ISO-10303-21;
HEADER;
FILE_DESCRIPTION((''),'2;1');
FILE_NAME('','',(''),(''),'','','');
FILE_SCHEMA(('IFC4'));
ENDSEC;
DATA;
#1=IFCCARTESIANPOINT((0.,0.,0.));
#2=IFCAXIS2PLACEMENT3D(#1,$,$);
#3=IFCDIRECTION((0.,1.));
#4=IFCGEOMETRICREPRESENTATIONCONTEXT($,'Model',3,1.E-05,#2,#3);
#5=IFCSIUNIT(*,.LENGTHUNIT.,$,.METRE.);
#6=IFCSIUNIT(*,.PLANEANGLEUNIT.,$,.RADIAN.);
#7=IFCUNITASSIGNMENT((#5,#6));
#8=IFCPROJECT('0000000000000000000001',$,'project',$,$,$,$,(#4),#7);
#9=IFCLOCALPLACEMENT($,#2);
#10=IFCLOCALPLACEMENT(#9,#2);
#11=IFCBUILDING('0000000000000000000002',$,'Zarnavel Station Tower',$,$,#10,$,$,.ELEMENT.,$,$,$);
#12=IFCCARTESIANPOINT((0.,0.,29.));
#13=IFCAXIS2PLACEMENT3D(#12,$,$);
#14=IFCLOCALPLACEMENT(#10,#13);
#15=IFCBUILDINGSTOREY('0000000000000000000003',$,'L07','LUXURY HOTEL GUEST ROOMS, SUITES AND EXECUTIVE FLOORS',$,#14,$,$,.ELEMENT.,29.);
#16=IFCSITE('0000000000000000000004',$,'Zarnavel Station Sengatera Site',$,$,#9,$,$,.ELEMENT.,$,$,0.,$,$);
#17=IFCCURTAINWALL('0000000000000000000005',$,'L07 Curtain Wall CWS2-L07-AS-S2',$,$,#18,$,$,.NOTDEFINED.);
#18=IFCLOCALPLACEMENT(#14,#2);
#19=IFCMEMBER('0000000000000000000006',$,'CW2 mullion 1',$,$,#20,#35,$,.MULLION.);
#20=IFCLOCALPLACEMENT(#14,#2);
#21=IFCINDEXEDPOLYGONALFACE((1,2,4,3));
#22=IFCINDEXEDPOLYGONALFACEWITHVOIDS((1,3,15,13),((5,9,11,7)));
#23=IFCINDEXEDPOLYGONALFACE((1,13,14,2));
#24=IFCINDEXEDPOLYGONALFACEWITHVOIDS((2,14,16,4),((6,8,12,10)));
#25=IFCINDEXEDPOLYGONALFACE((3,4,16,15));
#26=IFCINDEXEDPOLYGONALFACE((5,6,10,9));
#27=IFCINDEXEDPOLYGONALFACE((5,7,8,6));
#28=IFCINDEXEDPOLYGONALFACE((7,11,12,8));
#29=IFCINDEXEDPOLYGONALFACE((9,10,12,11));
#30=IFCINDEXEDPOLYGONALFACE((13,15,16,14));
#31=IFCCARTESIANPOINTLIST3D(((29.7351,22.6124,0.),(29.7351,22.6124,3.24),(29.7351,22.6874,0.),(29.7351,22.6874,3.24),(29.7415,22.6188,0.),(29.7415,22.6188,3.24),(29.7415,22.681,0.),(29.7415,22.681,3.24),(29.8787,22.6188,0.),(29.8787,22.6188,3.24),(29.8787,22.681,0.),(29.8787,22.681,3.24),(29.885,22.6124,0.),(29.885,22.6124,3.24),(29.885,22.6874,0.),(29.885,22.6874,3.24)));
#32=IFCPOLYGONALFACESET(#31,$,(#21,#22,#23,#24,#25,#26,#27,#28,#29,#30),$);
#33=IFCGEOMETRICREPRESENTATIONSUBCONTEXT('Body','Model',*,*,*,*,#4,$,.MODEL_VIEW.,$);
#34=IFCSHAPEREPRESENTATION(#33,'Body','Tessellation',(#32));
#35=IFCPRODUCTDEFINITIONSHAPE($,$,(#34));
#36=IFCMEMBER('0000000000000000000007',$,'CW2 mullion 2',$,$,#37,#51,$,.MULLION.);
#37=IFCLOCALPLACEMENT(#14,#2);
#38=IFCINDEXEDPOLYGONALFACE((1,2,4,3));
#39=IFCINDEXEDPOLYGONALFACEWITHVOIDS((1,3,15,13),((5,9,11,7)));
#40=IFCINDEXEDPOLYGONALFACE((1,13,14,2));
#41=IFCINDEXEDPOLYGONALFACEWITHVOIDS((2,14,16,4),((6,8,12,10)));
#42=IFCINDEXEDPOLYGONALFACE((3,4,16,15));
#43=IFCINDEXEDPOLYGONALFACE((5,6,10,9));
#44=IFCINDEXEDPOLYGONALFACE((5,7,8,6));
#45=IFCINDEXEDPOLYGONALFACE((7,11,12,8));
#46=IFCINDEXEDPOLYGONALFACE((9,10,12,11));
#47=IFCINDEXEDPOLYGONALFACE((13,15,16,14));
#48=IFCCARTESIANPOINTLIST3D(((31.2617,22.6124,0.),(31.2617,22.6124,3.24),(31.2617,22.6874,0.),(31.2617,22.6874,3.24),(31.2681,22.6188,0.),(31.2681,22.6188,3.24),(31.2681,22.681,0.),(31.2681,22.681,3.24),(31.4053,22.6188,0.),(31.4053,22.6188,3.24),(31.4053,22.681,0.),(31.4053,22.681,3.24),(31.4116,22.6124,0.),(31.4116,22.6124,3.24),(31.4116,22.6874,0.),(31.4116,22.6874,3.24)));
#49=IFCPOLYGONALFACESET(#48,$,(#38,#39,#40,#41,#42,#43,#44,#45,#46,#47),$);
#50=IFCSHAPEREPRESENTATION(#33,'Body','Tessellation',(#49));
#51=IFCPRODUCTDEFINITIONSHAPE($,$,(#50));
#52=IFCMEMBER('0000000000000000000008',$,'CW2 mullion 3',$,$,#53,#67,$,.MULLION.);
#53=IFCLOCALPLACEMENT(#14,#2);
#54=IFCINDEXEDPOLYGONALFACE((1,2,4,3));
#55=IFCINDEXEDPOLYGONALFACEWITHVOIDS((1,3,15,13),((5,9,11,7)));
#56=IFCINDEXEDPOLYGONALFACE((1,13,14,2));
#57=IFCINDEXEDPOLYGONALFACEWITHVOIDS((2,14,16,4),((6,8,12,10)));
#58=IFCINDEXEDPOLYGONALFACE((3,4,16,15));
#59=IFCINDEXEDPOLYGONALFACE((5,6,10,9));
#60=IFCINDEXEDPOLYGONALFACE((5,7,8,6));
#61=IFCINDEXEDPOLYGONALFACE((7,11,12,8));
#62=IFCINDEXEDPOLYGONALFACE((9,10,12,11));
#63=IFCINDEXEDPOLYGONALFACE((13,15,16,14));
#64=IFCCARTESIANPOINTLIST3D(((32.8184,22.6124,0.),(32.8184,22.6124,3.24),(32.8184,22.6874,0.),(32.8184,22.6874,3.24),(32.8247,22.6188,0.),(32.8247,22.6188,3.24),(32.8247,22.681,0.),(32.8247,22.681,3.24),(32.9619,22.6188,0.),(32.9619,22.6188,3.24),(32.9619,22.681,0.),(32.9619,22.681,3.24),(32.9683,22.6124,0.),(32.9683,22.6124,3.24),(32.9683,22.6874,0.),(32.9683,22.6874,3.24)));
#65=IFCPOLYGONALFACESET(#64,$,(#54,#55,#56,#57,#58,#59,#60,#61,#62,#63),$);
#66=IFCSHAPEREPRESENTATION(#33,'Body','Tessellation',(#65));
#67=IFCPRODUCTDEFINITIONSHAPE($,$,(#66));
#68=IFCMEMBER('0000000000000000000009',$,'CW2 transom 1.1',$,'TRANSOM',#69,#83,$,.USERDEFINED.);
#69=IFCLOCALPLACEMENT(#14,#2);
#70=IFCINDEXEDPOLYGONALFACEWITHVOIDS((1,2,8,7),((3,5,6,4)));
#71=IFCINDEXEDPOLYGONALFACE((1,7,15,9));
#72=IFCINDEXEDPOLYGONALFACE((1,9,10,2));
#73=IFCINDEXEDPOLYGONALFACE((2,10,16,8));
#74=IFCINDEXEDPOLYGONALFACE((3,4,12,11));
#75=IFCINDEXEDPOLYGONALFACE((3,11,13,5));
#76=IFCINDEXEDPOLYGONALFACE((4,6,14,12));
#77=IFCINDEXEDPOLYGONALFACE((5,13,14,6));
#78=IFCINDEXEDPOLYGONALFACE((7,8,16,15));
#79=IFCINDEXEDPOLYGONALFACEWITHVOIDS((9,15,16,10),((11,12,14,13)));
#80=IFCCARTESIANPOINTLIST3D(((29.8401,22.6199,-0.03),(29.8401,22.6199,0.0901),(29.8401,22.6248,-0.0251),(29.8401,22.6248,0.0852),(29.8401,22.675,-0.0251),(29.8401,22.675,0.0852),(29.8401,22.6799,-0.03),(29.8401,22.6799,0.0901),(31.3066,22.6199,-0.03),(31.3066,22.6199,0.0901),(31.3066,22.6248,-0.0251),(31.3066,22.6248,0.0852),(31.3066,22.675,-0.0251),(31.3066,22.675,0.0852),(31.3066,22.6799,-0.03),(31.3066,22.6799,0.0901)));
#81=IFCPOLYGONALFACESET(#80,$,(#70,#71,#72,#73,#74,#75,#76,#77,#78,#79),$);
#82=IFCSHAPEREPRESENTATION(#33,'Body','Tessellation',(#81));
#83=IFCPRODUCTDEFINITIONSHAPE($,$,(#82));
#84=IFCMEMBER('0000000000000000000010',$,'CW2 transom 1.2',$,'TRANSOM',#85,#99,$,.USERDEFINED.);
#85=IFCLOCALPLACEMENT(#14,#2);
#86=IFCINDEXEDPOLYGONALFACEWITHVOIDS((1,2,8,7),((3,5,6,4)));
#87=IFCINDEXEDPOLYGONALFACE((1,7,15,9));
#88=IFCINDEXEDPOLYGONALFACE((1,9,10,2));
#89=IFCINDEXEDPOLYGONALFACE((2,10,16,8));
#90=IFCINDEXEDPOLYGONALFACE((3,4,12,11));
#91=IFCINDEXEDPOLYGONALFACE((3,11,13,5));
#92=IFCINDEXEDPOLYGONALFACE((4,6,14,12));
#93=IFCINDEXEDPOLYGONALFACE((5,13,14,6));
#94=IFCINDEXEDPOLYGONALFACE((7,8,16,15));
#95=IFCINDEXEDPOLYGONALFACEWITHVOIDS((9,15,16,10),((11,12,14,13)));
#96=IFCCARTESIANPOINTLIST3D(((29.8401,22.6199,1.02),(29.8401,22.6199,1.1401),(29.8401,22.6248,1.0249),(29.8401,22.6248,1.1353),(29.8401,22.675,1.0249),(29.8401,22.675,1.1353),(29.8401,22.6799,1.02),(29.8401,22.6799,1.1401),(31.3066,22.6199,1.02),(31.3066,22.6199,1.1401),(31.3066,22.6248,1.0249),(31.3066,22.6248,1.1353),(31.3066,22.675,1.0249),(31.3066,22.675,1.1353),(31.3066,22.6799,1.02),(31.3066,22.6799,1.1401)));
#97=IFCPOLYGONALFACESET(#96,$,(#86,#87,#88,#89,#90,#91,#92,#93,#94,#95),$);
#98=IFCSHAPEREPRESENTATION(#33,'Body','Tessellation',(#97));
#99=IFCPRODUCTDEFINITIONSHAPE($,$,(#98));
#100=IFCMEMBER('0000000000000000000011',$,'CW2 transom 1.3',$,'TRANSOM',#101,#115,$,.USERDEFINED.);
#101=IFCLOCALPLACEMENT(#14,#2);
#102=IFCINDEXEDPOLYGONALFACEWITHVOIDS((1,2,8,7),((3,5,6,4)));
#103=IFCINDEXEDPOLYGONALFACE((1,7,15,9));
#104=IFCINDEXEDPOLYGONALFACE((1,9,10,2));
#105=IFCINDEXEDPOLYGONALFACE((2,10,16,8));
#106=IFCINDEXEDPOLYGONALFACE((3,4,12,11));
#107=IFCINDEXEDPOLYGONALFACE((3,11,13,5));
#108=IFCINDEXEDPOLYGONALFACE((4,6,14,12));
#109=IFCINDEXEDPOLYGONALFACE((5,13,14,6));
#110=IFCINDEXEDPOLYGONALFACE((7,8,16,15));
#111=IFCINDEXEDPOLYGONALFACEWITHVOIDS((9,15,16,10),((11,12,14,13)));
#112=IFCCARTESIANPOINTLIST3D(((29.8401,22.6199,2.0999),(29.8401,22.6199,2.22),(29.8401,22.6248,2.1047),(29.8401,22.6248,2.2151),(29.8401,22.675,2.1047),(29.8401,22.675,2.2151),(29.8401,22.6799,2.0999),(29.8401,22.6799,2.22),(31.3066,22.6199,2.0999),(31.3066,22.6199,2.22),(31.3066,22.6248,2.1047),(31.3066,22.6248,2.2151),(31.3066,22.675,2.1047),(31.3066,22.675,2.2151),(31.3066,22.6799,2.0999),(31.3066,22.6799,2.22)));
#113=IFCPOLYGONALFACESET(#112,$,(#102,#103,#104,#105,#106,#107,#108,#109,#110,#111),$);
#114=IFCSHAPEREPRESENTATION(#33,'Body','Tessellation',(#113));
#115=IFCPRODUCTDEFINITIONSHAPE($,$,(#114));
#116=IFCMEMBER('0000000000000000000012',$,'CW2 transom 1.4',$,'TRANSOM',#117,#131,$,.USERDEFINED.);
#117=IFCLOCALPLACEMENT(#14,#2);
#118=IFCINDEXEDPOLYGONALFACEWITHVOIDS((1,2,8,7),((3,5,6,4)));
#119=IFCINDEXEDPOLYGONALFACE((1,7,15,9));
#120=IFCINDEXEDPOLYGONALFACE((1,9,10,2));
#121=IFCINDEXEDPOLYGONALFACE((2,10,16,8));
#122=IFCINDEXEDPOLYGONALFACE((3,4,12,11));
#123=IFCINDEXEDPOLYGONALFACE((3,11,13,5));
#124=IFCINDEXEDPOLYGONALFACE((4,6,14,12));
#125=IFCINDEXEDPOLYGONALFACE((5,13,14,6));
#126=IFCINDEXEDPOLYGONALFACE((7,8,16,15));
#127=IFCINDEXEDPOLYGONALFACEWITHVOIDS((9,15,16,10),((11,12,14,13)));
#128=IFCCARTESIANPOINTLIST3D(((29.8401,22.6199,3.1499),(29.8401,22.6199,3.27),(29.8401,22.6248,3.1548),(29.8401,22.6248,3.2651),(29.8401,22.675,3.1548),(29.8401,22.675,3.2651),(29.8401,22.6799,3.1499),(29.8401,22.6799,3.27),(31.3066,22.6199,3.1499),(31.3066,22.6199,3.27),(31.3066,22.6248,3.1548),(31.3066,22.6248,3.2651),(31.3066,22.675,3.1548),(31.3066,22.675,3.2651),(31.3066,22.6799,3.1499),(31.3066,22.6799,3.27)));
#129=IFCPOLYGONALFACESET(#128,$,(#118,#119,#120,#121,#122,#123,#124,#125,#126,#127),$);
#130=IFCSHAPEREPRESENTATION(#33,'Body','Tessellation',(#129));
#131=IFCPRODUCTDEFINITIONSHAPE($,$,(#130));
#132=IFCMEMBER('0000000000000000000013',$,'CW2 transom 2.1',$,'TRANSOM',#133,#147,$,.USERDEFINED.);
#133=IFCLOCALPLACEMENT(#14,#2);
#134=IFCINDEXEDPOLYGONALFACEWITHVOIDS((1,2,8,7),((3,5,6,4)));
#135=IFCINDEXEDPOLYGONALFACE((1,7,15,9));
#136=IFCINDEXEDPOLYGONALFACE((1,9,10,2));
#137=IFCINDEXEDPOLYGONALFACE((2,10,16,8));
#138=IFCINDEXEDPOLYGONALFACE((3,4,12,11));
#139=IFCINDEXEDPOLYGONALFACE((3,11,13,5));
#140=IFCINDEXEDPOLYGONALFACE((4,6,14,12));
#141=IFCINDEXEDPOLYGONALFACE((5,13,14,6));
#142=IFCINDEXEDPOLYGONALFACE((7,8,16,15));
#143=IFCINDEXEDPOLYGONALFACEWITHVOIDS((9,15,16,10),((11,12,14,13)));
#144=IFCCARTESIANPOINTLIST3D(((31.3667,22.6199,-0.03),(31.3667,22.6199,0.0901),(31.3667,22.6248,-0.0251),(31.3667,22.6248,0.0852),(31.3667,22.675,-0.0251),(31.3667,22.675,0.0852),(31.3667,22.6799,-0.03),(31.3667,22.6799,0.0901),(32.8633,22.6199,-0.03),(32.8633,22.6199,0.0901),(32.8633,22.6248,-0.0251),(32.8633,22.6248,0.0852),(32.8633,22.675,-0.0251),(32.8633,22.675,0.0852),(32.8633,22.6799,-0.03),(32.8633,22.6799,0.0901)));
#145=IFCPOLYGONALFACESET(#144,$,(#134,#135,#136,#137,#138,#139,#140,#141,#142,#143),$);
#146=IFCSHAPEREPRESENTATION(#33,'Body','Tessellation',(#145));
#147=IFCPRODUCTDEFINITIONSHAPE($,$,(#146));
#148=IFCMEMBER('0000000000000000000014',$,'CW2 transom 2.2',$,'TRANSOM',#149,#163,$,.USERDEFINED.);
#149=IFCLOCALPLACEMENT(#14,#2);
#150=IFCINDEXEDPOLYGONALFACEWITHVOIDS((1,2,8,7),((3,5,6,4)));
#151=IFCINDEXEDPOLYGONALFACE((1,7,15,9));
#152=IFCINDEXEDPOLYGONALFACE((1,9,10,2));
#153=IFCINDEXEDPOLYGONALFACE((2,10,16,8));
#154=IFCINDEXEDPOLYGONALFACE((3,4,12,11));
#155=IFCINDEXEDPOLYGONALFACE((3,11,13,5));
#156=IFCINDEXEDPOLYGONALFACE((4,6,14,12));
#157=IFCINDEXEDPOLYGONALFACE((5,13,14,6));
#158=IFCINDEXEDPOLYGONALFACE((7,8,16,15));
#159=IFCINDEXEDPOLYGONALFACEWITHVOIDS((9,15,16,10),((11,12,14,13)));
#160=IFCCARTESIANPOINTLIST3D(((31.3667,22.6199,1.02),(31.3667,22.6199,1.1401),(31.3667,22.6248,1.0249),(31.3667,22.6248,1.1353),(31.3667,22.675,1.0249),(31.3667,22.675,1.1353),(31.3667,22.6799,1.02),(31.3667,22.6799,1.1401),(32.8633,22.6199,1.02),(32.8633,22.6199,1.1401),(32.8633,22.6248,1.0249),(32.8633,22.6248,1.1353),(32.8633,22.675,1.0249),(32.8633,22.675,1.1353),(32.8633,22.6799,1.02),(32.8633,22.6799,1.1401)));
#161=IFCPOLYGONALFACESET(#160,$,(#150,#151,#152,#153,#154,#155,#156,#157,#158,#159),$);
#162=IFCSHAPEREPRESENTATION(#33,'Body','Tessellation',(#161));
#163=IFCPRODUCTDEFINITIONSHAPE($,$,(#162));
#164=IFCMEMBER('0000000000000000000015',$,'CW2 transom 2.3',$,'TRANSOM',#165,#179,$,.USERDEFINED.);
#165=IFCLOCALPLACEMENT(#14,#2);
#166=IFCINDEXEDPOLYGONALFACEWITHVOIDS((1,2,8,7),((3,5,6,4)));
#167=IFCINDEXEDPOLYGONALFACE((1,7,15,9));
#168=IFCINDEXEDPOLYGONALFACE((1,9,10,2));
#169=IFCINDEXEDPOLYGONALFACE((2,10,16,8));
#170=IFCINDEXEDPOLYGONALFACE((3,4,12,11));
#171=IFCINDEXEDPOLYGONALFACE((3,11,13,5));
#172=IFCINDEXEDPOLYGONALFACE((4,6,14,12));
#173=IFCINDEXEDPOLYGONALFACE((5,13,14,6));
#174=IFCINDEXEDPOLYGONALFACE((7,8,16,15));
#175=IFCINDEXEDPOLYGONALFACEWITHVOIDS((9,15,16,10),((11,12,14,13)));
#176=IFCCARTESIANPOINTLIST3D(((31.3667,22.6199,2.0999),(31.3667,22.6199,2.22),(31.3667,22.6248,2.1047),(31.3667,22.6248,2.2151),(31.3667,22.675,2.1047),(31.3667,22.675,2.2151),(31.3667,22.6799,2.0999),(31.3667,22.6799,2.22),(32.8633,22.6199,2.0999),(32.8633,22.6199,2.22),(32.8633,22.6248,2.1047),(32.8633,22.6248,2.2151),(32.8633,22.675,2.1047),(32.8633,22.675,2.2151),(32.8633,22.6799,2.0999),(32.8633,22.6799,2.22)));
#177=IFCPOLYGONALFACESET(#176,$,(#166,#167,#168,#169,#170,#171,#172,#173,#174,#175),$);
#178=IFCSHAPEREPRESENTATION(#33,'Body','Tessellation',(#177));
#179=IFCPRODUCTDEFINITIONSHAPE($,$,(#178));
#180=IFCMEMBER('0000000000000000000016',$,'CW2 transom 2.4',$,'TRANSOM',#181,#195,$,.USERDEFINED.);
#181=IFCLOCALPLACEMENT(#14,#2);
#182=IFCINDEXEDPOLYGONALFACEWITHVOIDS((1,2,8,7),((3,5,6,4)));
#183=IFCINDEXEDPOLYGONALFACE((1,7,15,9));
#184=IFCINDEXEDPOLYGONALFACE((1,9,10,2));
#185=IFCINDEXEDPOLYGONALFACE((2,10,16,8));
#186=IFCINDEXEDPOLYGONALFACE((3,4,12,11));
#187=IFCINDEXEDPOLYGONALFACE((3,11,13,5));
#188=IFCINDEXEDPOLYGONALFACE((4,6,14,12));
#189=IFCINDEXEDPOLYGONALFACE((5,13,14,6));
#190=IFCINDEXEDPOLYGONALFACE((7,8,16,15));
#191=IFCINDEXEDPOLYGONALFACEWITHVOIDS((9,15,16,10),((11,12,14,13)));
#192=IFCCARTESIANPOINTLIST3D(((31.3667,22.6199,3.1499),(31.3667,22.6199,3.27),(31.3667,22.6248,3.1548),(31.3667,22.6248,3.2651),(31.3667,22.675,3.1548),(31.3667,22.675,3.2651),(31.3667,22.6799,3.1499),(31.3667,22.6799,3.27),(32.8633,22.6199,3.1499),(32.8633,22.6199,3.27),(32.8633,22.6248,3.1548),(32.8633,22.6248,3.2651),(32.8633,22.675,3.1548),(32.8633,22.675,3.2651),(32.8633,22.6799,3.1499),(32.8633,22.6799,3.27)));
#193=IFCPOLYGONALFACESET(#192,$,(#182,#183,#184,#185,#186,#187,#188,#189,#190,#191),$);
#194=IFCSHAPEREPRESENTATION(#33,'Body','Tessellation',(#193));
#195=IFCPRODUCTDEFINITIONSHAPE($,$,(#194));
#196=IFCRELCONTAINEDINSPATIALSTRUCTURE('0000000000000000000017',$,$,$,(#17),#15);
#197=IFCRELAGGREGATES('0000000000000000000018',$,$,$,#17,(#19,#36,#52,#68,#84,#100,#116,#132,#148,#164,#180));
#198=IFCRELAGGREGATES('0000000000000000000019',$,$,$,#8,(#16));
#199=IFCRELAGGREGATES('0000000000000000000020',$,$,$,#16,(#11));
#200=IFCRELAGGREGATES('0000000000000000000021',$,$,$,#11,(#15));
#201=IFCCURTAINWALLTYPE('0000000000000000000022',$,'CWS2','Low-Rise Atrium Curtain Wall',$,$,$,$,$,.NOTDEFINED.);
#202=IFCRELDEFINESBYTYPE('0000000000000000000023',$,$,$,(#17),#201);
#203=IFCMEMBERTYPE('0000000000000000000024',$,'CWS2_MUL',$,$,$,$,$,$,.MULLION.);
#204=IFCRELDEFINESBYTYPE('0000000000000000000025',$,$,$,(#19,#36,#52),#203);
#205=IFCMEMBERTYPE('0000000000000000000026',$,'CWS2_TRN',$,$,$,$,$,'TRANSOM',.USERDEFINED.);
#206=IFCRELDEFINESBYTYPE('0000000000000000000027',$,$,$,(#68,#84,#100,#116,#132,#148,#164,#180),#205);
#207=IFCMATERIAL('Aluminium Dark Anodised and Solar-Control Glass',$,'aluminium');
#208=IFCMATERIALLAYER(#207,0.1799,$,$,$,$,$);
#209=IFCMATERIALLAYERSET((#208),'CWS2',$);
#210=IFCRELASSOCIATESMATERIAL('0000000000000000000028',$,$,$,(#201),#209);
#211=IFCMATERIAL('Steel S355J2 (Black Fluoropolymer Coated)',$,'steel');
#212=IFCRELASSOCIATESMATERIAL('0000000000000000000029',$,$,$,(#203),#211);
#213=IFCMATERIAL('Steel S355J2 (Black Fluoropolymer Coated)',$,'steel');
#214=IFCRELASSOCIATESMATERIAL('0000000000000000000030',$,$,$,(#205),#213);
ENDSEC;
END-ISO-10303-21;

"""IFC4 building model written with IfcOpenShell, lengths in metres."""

from ifc_helpers import new_model, si_unit, direction, frame, origin, origin_2d, place, context, subcontext, project, spatial, hollow_rectangle, extrude, material, layer, layer_set, material_profile, profile_set, type_object, element, aggregate, save


model = new_model("IFC4")

# Units and contexts
model_context = context("Model", 3, precision=1e-05, world=origin(), true_north=direction((0.0, 1.0)))
body_context = subcontext(model_context, "Body", "Model", "MODEL_VIEW")
ifc_project = project(units=[si_unit("LENGTHUNIT", "METRE"), si_unit("PLANEANGLEUNIT", "RADIAN")], contexts=[model_context])

# Site, building, storey
site_placement = place(None, origin())
site = spatial("IfcSite", under=ifc_project, at=site_placement, Name="Zarnavel Station Sengatera Site", CompositionType="ELEMENT", RefElevation=0.0)
building_placement = place(site_placement, origin())
building = spatial("IfcBuilding", under=site, at=building_placement, Name="Zarnavel Station Tower", CompositionType="ELEMENT")
storey_placement = place(building_placement, frame((0.0, 0.0, 29.0)))
storey = spatial("IfcBuildingStorey", under=building, at=storey_placement, Name="L07", Description="LUXURY HOTEL GUEST ROOMS, SUITES AND EXECUTIVE FLOORS", CompositionType="ELEMENT", Elevation=29.0)

# Curtain wall, members
ifc_material_1 = material(Name="Aluminium Dark Anodised and Solar-Control Glass", Category="aluminium")
ifc_layer_1 = layer(ifc_material_1, 0.1799)
ifc_layer_set_1 = layer_set([ifc_layer_1], Name="CWS2")
curtain_wall_type = type_object("IfcCurtainWallType", Name="CWS2", Description="Low-Rise Atrium Curtain Wall", PredefinedType="NOTDEFINED", material=ifc_layer_set_1)
curtain_wall_placement = place(storey_placement, origin())
curtain_wall = element("IfcCurtainWall", 1, at=curtain_wall_placement, inside=storey, type_object=curtain_wall_type, Name="L07 Curtain Wall CWS2-L07-AS-S2", PredefinedType="NOTDEFINED")
ifc_material_2 = material(Name="Steel S355J2 (Black Fluoropolymer Coated)", Category="steel")
ifc_material_profile_1 = material_profile(ifc_material_2, hollow_rectangle(XDim=0.075, YDim=0.1499, WallThickness=0.0063, at=origin_2d()), Name="RHS150x75x6.3")
ifc_profile_set_1 = profile_set([ifc_material_profile_1], Name="Steel S355J2 (Black Fluoropolymer Coated)")
member_type_1 = type_object("IfcMemberType", Name="CWS2_MUL", PredefinedType="MULLION", material=ifc_profile_set_1)
member_1_placement = place(storey_placement, frame((29.8101, 22.6499, 0.0), z_axis=(0.0, 0.0, 1.0), x_axis=(0.0, 1.0, 0.0)))
member_1 = element("IfcMember", 2, at=member_1_placement, type_object=member_type_1, Name="CW2 mullion 1", PredefinedType="MULLION", context=body_context, shape_type="SweptSolid", body=[
    extrude(hollow_rectangle(XDim=0.075, YDim=0.1499, WallThickness=0.0063, at=origin_2d()), origin(), (0.0, 0.0, 1.0), 3.24),
])
member_2_placement = place(storey_placement, frame((31.3367, 22.6499, 0.0), z_axis=(0.0, 0.0, 1.0), x_axis=(0.0, 1.0, 0.0)))
member_2 = element("IfcMember", 3, at=member_2_placement, type_object=member_type_1, Name="CW2 mullion 2", PredefinedType="MULLION", context=body_context, shape_type="SweptSolid", body=[
    extrude(hollow_rectangle(XDim=0.075, YDim=0.1499, WallThickness=0.0063, at=origin_2d()), origin(), (0.0, 0.0, 1.0), 3.24),
])
member_3_placement = place(storey_placement, frame((32.8933, 22.6499, 0.0), z_axis=(0.0, 0.0, 1.0), x_axis=(0.0, 1.0, 0.0)))
member_3 = element("IfcMember", 4, at=member_3_placement, type_object=member_type_1, Name="CW2 mullion 3", PredefinedType="MULLION", context=body_context, shape_type="SweptSolid", body=[
    extrude(hollow_rectangle(XDim=0.075, YDim=0.1499, WallThickness=0.0063, at=origin_2d()), origin(), (0.0, 0.0, 1.0), 3.24),
])
ifc_material_3 = material(Name="Steel S355J2 (Black Fluoropolymer Coated)", Category="steel")
ifc_material_profile_2 = material_profile(ifc_material_3, hollow_rectangle(XDim=0.0601, YDim=0.1201, WallThickness=0.0049, at=origin_2d()), Name="RHS120x60x5")
ifc_profile_set_2 = profile_set([ifc_material_profile_2], Name="Steel S355J2 (Black Fluoropolymer Coated)")
member_type_2 = type_object("IfcMemberType", Name="CWS2_TRN", ElementType="TRANSOM", PredefinedType="USERDEFINED", material=ifc_profile_set_2)
member_4_placement = place(storey_placement, frame((29.8401, 22.6499, 0.03), z_axis=(1.0, 0.0, 0.0), x_axis=(0.0, 1.0, 0.0)))
member_4 = element("IfcMember", 5, at=member_4_placement, type_object=member_type_2, Name="CW2 transom 1.1", ObjectType="TRANSOM", PredefinedType="USERDEFINED", context=body_context, shape_type="SweptSolid", body=[
    extrude(hollow_rectangle(XDim=0.0601, YDim=0.1201, WallThickness=0.0049, at=origin_2d()), origin(), (0.0, 0.0, 1.0), 1.4666),
])
member_5_placement = place(storey_placement, frame((29.8401, 22.6499, 1.0801), z_axis=(1.0, 0.0, 0.0), x_axis=(0.0, 1.0, 0.0)))
member_5 = element("IfcMember", 6, at=member_5_placement, type_object=member_type_2, Name="CW2 transom 1.2", ObjectType="TRANSOM", PredefinedType="USERDEFINED", context=body_context, shape_type="SweptSolid", body=[
    extrude(hollow_rectangle(XDim=0.0601, YDim=0.1201, WallThickness=0.0049, at=origin_2d()), origin(), (0.0, 0.0, 1.0), 1.4666),
])
member_6_placement = place(storey_placement, frame((29.8401, 22.6499, 2.1599), z_axis=(1.0, 0.0, 0.0), x_axis=(0.0, 1.0, 0.0)))
member_6 = element("IfcMember", 7, at=member_6_placement, type_object=member_type_2, Name="CW2 transom 1.3", ObjectType="TRANSOM", PredefinedType="USERDEFINED", context=body_context, shape_type="SweptSolid", body=[
    extrude(hollow_rectangle(XDim=0.0601, YDim=0.1201, WallThickness=0.0049, at=origin_2d()), origin(), (0.0, 0.0, 1.0), 1.4666),
])
member_7_placement = place(storey_placement, frame((29.8401, 22.6499, 3.21), z_axis=(1.0, 0.0, 0.0), x_axis=(0.0, 1.0, 0.0)))
member_7 = element("IfcMember", 8, at=member_7_placement, type_object=member_type_2, Name="CW2 transom 1.4", ObjectType="TRANSOM", PredefinedType="USERDEFINED", context=body_context, shape_type="SweptSolid", body=[
    extrude(hollow_rectangle(XDim=0.0601, YDim=0.1201, WallThickness=0.0049, at=origin_2d()), origin(), (0.0, 0.0, 1.0), 1.4666),
])
member_8_placement = place(storey_placement, frame((31.3667, 22.6499, 0.03), z_axis=(1.0, 0.0, 0.0), x_axis=(0.0, 1.0, 0.0)))
member_8 = element("IfcMember", 9, at=member_8_placement, type_object=member_type_2, Name="CW2 transom 2.1", ObjectType="TRANSOM", PredefinedType="USERDEFINED", context=body_context, shape_type="SweptSolid", body=[
    extrude(hollow_rectangle(XDim=0.0601, YDim=0.1201, WallThickness=0.0049, at=origin_2d()), origin(), (0.0, 0.0, 1.0), 1.4966),
])
member_9_placement = place(storey_placement, frame((31.3667, 22.6499, 1.0801), z_axis=(1.0, 0.0, 0.0), x_axis=(0.0, 1.0, 0.0)))
member_9 = element("IfcMember", 10, at=member_9_placement, type_object=member_type_2, Name="CW2 transom 2.2", ObjectType="TRANSOM", PredefinedType="USERDEFINED", context=body_context, shape_type="SweptSolid", body=[
    extrude(hollow_rectangle(XDim=0.0601, YDim=0.1201, WallThickness=0.0049, at=origin_2d()), origin(), (0.0, 0.0, 1.0), 1.4966),
])
member_10_placement = place(storey_placement, frame((31.3667, 22.6499, 2.1599), z_axis=(1.0, 0.0, 0.0), x_axis=(0.0, 1.0, 0.0)))
member_10 = element("IfcMember", 11, at=member_10_placement, type_object=member_type_2, Name="CW2 transom 2.3", ObjectType="TRANSOM", PredefinedType="USERDEFINED", context=body_context, shape_type="SweptSolid", body=[
    extrude(hollow_rectangle(XDim=0.0601, YDim=0.1201, WallThickness=0.0049, at=origin_2d()), origin(), (0.0, 0.0, 1.0), 1.4966),
])
member_11_placement = place(storey_placement, frame((31.3667, 22.6499, 3.21), z_axis=(1.0, 0.0, 0.0), x_axis=(0.0, 1.0, 0.0)))
member_11 = element("IfcMember", 12, at=member_11_placement, type_object=member_type_2, Name="CW2 transom 2.4", ObjectType="TRANSOM", PredefinedType="USERDEFINED", context=body_context, shape_type="SweptSolid", body=[
    extrude(hollow_rectangle(XDim=0.0601, YDim=0.1201, WallThickness=0.0049, at=origin_2d()), origin(), (0.0, 0.0, 1.0), 1.4966),
])

aggregate(curtain_wall, [member_1, member_2, member_3, member_4, member_5, member_6, member_7, member_8, member_9, member_10, member_11])

save(model, "model.ifc")
